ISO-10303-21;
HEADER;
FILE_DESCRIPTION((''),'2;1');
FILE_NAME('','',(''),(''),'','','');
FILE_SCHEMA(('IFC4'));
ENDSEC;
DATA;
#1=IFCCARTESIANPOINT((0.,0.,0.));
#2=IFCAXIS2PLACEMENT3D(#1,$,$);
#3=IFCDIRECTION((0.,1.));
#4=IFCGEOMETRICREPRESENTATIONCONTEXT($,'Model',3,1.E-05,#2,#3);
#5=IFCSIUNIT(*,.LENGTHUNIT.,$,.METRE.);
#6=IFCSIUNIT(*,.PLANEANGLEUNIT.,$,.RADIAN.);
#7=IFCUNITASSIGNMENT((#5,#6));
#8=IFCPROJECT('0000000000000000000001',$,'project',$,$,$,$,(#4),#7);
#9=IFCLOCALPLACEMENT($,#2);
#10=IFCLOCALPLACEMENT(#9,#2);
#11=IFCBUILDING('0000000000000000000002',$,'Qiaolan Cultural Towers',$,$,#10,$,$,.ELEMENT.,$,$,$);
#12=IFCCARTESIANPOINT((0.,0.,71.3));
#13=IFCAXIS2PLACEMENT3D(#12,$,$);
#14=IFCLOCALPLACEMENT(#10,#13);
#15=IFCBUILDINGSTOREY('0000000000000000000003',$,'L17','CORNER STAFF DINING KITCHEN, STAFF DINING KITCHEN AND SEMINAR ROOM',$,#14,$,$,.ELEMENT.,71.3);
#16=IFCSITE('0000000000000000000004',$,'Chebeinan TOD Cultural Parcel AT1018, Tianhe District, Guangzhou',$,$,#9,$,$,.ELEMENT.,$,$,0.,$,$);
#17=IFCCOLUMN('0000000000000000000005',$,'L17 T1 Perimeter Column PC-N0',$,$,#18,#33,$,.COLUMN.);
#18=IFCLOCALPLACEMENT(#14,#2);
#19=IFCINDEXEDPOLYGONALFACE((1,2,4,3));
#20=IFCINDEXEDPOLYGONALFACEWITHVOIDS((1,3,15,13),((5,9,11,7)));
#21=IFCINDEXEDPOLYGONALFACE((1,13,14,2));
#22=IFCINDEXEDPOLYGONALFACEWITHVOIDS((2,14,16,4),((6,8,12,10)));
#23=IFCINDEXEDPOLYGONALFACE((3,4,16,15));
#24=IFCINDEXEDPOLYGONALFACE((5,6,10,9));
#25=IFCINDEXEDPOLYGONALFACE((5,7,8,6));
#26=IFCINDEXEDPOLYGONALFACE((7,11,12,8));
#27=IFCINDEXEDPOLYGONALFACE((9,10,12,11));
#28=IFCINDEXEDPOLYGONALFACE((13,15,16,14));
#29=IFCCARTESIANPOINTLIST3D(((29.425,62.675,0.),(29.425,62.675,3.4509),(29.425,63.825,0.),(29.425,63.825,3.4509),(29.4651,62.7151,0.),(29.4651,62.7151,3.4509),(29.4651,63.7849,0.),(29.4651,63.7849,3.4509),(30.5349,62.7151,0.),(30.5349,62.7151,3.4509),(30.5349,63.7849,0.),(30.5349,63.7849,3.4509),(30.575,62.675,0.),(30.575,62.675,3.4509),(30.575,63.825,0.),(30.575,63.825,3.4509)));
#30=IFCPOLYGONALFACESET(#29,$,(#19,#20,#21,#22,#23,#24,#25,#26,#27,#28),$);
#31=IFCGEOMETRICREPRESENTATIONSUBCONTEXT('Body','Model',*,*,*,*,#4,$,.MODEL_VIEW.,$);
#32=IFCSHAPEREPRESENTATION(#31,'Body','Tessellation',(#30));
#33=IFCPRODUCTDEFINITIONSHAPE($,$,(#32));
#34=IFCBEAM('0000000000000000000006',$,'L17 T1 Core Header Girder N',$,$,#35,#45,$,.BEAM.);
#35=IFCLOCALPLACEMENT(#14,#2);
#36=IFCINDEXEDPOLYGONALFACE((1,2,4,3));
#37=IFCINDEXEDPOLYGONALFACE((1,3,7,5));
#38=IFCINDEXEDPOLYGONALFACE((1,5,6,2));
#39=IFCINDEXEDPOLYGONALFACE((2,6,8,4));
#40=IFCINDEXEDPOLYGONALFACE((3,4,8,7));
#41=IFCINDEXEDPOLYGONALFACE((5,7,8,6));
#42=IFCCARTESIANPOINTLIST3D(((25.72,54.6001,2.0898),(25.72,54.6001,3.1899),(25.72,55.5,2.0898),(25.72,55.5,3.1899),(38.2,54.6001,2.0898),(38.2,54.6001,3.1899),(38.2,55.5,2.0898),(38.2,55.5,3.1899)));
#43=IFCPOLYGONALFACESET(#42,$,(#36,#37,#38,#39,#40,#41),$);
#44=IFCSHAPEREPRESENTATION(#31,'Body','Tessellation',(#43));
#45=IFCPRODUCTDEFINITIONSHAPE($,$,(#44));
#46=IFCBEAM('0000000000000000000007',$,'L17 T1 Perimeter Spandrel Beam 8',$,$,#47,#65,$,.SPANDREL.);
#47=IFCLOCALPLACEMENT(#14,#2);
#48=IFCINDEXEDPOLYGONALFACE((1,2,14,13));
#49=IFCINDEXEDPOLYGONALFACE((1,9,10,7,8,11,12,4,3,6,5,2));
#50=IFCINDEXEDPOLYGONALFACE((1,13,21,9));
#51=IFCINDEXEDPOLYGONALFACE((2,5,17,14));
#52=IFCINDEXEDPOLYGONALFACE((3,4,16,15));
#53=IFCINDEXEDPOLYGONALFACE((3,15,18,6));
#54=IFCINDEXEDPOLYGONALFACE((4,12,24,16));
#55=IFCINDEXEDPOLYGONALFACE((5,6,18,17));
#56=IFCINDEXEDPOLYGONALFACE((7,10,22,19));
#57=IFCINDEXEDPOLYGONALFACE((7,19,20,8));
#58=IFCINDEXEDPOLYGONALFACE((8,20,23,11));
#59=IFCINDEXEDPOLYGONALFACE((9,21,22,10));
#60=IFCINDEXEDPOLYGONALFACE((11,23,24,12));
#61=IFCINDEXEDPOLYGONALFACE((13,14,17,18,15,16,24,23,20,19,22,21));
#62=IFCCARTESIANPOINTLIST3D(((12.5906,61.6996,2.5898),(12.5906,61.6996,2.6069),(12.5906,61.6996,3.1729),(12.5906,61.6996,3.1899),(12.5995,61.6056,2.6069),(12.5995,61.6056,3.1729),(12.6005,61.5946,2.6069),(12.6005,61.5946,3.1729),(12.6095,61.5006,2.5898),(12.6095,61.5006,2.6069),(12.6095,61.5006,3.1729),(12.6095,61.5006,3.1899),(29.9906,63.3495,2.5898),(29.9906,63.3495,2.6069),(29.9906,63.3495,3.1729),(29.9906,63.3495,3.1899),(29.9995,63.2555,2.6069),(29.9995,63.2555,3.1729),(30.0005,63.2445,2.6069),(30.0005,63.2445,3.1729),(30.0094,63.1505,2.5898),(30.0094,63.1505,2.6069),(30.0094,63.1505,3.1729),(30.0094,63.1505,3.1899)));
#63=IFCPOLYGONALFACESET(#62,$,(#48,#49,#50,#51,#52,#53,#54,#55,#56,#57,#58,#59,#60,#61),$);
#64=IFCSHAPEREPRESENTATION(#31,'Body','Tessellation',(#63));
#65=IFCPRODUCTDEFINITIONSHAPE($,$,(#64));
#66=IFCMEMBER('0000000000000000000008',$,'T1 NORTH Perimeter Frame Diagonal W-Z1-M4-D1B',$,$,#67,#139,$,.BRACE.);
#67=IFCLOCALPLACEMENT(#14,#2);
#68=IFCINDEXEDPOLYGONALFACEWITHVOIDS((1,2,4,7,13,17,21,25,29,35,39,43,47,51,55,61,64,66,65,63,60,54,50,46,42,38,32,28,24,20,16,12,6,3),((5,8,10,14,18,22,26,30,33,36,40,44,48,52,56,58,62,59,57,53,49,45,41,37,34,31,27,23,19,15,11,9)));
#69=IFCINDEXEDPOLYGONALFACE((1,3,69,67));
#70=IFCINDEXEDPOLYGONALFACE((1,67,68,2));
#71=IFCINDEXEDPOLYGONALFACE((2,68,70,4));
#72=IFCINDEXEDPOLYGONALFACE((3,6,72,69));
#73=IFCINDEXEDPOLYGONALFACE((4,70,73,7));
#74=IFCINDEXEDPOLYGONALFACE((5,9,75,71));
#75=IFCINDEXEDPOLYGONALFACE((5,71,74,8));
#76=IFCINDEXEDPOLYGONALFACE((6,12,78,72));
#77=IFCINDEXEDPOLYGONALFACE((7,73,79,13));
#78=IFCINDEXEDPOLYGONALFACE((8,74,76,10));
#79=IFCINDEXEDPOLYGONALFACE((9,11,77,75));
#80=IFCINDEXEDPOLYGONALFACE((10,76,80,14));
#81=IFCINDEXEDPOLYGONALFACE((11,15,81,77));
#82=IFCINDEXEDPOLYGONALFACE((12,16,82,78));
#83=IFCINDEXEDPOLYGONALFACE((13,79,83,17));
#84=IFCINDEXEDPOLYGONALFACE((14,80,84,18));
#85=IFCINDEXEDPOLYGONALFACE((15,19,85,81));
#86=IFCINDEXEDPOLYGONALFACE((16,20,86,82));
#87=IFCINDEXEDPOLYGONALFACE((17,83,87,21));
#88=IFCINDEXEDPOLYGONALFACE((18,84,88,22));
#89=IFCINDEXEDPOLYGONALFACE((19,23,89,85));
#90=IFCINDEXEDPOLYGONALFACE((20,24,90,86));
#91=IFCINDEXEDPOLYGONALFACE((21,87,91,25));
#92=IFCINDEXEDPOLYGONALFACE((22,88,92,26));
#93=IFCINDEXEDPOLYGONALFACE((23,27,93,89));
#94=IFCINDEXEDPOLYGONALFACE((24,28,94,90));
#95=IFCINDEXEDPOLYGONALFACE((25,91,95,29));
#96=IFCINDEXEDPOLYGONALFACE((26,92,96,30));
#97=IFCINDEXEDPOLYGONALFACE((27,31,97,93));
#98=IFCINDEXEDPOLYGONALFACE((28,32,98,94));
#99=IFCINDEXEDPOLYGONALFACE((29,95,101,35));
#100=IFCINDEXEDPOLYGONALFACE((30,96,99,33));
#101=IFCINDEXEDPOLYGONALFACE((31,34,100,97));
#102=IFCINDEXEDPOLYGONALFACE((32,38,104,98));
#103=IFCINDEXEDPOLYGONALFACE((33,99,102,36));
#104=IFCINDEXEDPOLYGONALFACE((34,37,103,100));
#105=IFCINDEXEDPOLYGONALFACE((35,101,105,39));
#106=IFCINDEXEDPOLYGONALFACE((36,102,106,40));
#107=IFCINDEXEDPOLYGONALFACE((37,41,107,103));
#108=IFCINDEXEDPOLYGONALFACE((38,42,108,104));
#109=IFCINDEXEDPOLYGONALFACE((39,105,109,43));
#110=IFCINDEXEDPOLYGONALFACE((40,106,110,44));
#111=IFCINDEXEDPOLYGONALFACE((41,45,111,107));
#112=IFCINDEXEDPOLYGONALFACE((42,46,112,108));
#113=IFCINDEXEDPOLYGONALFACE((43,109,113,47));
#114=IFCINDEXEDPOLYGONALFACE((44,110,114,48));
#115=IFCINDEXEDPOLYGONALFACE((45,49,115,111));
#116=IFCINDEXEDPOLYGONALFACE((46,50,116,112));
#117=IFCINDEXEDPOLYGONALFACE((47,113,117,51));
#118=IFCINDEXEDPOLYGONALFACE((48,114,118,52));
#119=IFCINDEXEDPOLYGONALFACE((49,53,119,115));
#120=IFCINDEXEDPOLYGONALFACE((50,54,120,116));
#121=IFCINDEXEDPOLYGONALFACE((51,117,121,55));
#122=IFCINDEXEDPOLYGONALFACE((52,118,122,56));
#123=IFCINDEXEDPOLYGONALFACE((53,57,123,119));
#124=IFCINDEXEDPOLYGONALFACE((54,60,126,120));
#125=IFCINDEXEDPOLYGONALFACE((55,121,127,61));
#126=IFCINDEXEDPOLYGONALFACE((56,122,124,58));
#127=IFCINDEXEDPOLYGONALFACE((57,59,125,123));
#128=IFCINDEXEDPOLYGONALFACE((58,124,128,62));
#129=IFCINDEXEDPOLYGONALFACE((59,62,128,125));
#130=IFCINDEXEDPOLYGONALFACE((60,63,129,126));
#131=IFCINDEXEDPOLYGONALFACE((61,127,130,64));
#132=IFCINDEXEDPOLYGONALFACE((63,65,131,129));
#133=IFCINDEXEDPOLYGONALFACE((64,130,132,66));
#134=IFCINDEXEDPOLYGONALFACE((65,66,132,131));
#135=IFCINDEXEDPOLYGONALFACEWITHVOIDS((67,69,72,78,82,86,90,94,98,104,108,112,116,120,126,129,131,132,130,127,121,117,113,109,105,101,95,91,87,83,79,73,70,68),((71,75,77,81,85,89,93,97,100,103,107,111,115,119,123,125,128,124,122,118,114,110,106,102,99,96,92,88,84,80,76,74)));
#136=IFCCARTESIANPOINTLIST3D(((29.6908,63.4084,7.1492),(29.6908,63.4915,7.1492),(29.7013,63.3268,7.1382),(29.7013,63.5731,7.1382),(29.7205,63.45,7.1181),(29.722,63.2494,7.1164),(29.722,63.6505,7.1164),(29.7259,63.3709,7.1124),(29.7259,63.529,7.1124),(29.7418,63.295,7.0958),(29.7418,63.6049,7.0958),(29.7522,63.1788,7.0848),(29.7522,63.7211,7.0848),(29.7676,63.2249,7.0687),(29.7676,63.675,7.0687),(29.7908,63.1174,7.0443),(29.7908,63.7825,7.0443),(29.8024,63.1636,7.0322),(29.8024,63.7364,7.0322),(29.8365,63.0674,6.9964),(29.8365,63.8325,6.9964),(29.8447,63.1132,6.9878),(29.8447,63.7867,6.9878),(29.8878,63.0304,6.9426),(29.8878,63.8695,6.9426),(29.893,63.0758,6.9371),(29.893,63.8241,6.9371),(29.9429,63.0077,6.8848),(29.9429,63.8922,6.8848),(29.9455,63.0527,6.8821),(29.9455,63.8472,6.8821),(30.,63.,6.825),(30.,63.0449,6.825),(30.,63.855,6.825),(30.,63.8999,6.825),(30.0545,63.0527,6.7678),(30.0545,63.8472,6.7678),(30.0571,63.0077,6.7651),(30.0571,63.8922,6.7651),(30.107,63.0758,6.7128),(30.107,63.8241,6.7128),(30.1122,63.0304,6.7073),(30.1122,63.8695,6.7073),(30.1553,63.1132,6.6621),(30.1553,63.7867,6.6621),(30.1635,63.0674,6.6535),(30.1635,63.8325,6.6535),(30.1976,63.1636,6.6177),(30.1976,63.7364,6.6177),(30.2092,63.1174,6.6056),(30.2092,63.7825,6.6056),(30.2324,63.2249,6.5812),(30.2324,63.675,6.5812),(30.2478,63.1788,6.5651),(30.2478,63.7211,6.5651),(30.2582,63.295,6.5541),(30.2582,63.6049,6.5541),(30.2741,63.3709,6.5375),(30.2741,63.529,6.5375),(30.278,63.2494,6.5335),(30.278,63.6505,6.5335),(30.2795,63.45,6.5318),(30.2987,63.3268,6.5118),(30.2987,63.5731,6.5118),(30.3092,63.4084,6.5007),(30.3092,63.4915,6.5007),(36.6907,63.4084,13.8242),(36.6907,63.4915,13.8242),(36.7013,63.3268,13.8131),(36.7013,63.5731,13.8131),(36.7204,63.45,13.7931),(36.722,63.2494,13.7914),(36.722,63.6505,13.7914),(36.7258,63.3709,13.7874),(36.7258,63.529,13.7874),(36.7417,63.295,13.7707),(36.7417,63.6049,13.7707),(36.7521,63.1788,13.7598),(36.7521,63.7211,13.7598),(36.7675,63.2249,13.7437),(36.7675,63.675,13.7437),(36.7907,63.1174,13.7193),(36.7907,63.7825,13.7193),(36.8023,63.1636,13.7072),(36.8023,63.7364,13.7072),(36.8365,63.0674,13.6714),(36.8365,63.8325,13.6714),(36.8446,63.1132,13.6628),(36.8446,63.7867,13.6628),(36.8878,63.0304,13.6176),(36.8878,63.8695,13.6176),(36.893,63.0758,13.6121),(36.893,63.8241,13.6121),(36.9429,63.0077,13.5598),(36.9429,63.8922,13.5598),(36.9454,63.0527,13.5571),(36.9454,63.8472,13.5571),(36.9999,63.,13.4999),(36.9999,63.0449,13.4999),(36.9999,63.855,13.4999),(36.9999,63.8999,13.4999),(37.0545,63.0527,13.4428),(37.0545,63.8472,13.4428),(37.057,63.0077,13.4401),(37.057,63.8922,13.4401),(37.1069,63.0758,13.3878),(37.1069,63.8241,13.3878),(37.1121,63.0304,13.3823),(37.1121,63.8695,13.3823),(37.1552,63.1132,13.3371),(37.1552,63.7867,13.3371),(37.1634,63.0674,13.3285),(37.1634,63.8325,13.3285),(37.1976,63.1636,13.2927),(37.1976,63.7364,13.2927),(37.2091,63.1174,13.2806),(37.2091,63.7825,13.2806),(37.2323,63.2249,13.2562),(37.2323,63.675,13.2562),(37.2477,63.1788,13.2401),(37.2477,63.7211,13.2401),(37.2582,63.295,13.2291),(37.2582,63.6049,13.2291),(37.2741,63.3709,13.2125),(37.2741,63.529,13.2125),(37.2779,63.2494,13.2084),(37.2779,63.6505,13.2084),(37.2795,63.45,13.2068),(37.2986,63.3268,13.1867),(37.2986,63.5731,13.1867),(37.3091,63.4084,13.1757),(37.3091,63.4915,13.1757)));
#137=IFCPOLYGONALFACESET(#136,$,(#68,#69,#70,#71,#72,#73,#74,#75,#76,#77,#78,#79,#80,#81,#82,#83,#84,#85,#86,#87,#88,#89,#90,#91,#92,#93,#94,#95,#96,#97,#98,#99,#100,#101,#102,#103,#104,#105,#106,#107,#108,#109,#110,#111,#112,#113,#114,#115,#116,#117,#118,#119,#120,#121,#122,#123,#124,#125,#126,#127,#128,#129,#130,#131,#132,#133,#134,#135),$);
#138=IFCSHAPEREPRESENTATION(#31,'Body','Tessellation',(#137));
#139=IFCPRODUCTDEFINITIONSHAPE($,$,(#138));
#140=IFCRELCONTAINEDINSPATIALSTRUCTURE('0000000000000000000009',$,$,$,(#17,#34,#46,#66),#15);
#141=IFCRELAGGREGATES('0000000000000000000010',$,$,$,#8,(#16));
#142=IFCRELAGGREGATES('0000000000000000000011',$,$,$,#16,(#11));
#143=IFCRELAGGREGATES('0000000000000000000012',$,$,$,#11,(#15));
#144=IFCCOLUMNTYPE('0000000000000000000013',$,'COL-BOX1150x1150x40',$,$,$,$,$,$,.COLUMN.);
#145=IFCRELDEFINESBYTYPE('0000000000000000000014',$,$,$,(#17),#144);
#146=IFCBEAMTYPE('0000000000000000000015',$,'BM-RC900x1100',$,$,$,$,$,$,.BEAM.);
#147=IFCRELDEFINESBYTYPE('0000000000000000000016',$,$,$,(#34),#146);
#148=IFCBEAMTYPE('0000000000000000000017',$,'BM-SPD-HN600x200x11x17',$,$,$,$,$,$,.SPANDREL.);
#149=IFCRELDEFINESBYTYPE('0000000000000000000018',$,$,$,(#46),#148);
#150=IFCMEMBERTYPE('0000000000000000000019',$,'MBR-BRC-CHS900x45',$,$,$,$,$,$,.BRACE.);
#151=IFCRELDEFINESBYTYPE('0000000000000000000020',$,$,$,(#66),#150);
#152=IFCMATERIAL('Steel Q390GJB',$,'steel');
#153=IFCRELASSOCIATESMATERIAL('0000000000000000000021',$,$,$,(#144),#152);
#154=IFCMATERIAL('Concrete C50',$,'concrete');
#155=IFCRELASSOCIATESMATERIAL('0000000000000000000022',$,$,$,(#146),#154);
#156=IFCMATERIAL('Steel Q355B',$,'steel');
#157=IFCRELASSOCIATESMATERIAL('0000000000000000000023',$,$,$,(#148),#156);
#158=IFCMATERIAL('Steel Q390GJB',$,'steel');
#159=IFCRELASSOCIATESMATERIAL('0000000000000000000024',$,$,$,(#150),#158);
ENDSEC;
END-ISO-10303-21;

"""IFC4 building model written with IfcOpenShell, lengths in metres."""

from ifc_helpers import new_model, si_unit, direction, frame, origin, origin_2d, place, context, subcontext, project, spatial, rectangle, hollow_rectangle, hollow_circle, i_section, extrude, material, material_profile, profile_set, type_object, element, save


model = new_model("IFC4")

# Units and contexts
model_context = context("Model", 3, precision=1e-05, world=origin(), true_north=direction((0.0, 1.0)))
body_context = subcontext(model_context, "Body", "Model", "MODEL_VIEW")
ifc_project = project(units=[si_unit("LENGTHUNIT", "METRE"), si_unit("PLANEANGLEUNIT", "RADIAN")], contexts=[model_context])

# Site, building, storey
site_placement = place(None, origin())
site = spatial("IfcSite", under=ifc_project, at=site_placement, Name="Chebeinan TOD Cultural Parcel AT1018, Tianhe District, Guangzhou", CompositionType="ELEMENT", RefElevation=0.0)
building_placement = place(site_placement, origin())
building = spatial("IfcBuilding", under=site, at=building_placement, Name="Qiaolan Cultural Towers", CompositionType="ELEMENT")
storey_placement = place(building_placement, frame((0.0, 0.0, 71.3)))
storey = spatial("IfcBuildingStorey", under=building, at=storey_placement, Name="L17", Description="CORNER STAFF DINING KITCHEN, STAFF DINING KITCHEN AND SEMINAR ROOM", CompositionType="ELEMENT", Elevation=71.3)

# Column
ifc_material_1 = material(Name="Steel Q390GJB", Category="steel")
ifc_material_profile_1 = material_profile(ifc_material_1, hollow_rectangle(XDim=1.1499, YDim=1.1499, WallThickness=0.04, at=origin_2d()), Name="BOX1150x1150x40")
ifc_profile_set_1 = profile_set([ifc_material_profile_1], Name="Steel Q390GJB")
column_type = type_object("IfcColumnType", Name="COL-BOX1150x1150x40", PredefinedType="COLUMN", material=ifc_profile_set_1)
column_placement = place(storey_placement, frame((30.0, 63.25, 0.0), z_axis=(0.0, 0.0, 1.0), x_axis=(1.0, 0.0, 0.0)))
element("IfcColumn", 1, at=column_placement, inside=storey, type_object=column_type, Name="L17 T1 Perimeter Column PC-N0", PredefinedType="COLUMN", context=body_context, shape_type="SweptSolid", body=[
    extrude(hollow_rectangle(XDim=1.1499, YDim=1.1499, WallThickness=0.04, at=origin_2d()), origin(), (0.0, 0.0, 1.0), 3.4509),
])

# Beams
ifc_material_2 = material(Name="Concrete C50", Category="concrete")
ifc_material_profile_2 = material_profile(ifc_material_2, rectangle(XDim=0.8999, YDim=1.1001, at=origin_2d()), Name="RC900x1100")
ifc_profile_set_2 = profile_set([ifc_material_profile_2], Name="Concrete C50")
beam_type_1 = type_object("IfcBeamType", Name="BM-RC900x1100", PredefinedType="BEAM", material=ifc_profile_set_2)
beam_1_placement = place(storey_placement, frame((25.72, 55.05, 2.6399), z_axis=(1.0, 0.0, 0.0), x_axis=(0.0, 1.0, 0.0)))
element("IfcBeam", 2, at=beam_1_placement, inside=storey, type_object=beam_type_1, Name="L17 T1 Core Header Girder N", PredefinedType="BEAM", context=body_context, shape_type="SweptSolid", body=[
    extrude(rectangle(XDim=0.8999, YDim=1.1001, at=origin_2d()), origin(), (0.0, 0.0, 1.0), 12.48),
])
ifc_material_3 = material(Name="Steel Q355B", Category="steel")
ifc_material_profile_3 = material_profile(ifc_material_3, i_section(OverallWidth=0.2, OverallDepth=0.6001, WebThickness=0.011, FlangeThickness=0.0171, at=origin_2d()), Name="HN600x200x11x17")
ifc_profile_set_3 = profile_set([ifc_material_profile_3], Name="Steel Q355B")
beam_type_2 = type_object("IfcBeamType", Name="BM-SPD-HN600x200x11x17", PredefinedType="SPANDREL", material=ifc_profile_set_3)
beam_2_placement = place(storey_placement, frame((30.0, 63.25, 2.8899), z_axis=(-0.995534, -0.094399, 0.0), x_axis=(0.094399, -0.995534, 0.0)))
element("IfcBeam", 3, at=beam_2_placement, inside=storey, type_object=beam_type_2, Name="L17 T1 Perimeter Spandrel Beam 8", PredefinedType="SPANDREL", context=body_context, shape_type="SweptSolid", body=[
    extrude(i_section(OverallWidth=0.2, OverallDepth=0.6001, WebThickness=0.011, FlangeThickness=0.0171, at=origin_2d()), origin(), (0.0, 0.0, 1.0), 17.478),
])

# Member
ifc_material_4 = material(Name="Steel Q390GJB", Category="steel")
ifc_material_profile_4 = material_profile(ifc_material_4, hollow_circle(Radius=0.45, WallThickness=0.0449, at=origin_2d()), Name="CHS900x45")
ifc_profile_set_4 = profile_set([ifc_material_profile_4], Name="Steel Q390GJB")
member_type = type_object("IfcMemberType", Name="MBR-BRC-CHS900x45", PredefinedType="BRACE", material=ifc_profile_set_4)
for number, where, z_axis, x_axis, name in (
    (4, (30.0, 63.45, 6.825), (0.723705, 0.0, 0.690109), (0.0, 1.0, 0.0), "T1 NORTH Perimeter Frame Diagonal W-Z1-M4-D1B"),
):
    element("IfcMember", number, at=place(storey_placement, frame(where, z_axis=z_axis, x_axis=x_axis)), inside=storey, type_object=member_type, Name=name, PredefinedType="BRACE", context=body_context, shape_type="SweptSolid", body=[
        extrude(hollow_circle(Radius=0.45, WallThickness=0.0449, at=origin_2d()), origin(), (0.0, 0.0, 1.0), 9.6724),
    ])

save(model, "model.ifc")
